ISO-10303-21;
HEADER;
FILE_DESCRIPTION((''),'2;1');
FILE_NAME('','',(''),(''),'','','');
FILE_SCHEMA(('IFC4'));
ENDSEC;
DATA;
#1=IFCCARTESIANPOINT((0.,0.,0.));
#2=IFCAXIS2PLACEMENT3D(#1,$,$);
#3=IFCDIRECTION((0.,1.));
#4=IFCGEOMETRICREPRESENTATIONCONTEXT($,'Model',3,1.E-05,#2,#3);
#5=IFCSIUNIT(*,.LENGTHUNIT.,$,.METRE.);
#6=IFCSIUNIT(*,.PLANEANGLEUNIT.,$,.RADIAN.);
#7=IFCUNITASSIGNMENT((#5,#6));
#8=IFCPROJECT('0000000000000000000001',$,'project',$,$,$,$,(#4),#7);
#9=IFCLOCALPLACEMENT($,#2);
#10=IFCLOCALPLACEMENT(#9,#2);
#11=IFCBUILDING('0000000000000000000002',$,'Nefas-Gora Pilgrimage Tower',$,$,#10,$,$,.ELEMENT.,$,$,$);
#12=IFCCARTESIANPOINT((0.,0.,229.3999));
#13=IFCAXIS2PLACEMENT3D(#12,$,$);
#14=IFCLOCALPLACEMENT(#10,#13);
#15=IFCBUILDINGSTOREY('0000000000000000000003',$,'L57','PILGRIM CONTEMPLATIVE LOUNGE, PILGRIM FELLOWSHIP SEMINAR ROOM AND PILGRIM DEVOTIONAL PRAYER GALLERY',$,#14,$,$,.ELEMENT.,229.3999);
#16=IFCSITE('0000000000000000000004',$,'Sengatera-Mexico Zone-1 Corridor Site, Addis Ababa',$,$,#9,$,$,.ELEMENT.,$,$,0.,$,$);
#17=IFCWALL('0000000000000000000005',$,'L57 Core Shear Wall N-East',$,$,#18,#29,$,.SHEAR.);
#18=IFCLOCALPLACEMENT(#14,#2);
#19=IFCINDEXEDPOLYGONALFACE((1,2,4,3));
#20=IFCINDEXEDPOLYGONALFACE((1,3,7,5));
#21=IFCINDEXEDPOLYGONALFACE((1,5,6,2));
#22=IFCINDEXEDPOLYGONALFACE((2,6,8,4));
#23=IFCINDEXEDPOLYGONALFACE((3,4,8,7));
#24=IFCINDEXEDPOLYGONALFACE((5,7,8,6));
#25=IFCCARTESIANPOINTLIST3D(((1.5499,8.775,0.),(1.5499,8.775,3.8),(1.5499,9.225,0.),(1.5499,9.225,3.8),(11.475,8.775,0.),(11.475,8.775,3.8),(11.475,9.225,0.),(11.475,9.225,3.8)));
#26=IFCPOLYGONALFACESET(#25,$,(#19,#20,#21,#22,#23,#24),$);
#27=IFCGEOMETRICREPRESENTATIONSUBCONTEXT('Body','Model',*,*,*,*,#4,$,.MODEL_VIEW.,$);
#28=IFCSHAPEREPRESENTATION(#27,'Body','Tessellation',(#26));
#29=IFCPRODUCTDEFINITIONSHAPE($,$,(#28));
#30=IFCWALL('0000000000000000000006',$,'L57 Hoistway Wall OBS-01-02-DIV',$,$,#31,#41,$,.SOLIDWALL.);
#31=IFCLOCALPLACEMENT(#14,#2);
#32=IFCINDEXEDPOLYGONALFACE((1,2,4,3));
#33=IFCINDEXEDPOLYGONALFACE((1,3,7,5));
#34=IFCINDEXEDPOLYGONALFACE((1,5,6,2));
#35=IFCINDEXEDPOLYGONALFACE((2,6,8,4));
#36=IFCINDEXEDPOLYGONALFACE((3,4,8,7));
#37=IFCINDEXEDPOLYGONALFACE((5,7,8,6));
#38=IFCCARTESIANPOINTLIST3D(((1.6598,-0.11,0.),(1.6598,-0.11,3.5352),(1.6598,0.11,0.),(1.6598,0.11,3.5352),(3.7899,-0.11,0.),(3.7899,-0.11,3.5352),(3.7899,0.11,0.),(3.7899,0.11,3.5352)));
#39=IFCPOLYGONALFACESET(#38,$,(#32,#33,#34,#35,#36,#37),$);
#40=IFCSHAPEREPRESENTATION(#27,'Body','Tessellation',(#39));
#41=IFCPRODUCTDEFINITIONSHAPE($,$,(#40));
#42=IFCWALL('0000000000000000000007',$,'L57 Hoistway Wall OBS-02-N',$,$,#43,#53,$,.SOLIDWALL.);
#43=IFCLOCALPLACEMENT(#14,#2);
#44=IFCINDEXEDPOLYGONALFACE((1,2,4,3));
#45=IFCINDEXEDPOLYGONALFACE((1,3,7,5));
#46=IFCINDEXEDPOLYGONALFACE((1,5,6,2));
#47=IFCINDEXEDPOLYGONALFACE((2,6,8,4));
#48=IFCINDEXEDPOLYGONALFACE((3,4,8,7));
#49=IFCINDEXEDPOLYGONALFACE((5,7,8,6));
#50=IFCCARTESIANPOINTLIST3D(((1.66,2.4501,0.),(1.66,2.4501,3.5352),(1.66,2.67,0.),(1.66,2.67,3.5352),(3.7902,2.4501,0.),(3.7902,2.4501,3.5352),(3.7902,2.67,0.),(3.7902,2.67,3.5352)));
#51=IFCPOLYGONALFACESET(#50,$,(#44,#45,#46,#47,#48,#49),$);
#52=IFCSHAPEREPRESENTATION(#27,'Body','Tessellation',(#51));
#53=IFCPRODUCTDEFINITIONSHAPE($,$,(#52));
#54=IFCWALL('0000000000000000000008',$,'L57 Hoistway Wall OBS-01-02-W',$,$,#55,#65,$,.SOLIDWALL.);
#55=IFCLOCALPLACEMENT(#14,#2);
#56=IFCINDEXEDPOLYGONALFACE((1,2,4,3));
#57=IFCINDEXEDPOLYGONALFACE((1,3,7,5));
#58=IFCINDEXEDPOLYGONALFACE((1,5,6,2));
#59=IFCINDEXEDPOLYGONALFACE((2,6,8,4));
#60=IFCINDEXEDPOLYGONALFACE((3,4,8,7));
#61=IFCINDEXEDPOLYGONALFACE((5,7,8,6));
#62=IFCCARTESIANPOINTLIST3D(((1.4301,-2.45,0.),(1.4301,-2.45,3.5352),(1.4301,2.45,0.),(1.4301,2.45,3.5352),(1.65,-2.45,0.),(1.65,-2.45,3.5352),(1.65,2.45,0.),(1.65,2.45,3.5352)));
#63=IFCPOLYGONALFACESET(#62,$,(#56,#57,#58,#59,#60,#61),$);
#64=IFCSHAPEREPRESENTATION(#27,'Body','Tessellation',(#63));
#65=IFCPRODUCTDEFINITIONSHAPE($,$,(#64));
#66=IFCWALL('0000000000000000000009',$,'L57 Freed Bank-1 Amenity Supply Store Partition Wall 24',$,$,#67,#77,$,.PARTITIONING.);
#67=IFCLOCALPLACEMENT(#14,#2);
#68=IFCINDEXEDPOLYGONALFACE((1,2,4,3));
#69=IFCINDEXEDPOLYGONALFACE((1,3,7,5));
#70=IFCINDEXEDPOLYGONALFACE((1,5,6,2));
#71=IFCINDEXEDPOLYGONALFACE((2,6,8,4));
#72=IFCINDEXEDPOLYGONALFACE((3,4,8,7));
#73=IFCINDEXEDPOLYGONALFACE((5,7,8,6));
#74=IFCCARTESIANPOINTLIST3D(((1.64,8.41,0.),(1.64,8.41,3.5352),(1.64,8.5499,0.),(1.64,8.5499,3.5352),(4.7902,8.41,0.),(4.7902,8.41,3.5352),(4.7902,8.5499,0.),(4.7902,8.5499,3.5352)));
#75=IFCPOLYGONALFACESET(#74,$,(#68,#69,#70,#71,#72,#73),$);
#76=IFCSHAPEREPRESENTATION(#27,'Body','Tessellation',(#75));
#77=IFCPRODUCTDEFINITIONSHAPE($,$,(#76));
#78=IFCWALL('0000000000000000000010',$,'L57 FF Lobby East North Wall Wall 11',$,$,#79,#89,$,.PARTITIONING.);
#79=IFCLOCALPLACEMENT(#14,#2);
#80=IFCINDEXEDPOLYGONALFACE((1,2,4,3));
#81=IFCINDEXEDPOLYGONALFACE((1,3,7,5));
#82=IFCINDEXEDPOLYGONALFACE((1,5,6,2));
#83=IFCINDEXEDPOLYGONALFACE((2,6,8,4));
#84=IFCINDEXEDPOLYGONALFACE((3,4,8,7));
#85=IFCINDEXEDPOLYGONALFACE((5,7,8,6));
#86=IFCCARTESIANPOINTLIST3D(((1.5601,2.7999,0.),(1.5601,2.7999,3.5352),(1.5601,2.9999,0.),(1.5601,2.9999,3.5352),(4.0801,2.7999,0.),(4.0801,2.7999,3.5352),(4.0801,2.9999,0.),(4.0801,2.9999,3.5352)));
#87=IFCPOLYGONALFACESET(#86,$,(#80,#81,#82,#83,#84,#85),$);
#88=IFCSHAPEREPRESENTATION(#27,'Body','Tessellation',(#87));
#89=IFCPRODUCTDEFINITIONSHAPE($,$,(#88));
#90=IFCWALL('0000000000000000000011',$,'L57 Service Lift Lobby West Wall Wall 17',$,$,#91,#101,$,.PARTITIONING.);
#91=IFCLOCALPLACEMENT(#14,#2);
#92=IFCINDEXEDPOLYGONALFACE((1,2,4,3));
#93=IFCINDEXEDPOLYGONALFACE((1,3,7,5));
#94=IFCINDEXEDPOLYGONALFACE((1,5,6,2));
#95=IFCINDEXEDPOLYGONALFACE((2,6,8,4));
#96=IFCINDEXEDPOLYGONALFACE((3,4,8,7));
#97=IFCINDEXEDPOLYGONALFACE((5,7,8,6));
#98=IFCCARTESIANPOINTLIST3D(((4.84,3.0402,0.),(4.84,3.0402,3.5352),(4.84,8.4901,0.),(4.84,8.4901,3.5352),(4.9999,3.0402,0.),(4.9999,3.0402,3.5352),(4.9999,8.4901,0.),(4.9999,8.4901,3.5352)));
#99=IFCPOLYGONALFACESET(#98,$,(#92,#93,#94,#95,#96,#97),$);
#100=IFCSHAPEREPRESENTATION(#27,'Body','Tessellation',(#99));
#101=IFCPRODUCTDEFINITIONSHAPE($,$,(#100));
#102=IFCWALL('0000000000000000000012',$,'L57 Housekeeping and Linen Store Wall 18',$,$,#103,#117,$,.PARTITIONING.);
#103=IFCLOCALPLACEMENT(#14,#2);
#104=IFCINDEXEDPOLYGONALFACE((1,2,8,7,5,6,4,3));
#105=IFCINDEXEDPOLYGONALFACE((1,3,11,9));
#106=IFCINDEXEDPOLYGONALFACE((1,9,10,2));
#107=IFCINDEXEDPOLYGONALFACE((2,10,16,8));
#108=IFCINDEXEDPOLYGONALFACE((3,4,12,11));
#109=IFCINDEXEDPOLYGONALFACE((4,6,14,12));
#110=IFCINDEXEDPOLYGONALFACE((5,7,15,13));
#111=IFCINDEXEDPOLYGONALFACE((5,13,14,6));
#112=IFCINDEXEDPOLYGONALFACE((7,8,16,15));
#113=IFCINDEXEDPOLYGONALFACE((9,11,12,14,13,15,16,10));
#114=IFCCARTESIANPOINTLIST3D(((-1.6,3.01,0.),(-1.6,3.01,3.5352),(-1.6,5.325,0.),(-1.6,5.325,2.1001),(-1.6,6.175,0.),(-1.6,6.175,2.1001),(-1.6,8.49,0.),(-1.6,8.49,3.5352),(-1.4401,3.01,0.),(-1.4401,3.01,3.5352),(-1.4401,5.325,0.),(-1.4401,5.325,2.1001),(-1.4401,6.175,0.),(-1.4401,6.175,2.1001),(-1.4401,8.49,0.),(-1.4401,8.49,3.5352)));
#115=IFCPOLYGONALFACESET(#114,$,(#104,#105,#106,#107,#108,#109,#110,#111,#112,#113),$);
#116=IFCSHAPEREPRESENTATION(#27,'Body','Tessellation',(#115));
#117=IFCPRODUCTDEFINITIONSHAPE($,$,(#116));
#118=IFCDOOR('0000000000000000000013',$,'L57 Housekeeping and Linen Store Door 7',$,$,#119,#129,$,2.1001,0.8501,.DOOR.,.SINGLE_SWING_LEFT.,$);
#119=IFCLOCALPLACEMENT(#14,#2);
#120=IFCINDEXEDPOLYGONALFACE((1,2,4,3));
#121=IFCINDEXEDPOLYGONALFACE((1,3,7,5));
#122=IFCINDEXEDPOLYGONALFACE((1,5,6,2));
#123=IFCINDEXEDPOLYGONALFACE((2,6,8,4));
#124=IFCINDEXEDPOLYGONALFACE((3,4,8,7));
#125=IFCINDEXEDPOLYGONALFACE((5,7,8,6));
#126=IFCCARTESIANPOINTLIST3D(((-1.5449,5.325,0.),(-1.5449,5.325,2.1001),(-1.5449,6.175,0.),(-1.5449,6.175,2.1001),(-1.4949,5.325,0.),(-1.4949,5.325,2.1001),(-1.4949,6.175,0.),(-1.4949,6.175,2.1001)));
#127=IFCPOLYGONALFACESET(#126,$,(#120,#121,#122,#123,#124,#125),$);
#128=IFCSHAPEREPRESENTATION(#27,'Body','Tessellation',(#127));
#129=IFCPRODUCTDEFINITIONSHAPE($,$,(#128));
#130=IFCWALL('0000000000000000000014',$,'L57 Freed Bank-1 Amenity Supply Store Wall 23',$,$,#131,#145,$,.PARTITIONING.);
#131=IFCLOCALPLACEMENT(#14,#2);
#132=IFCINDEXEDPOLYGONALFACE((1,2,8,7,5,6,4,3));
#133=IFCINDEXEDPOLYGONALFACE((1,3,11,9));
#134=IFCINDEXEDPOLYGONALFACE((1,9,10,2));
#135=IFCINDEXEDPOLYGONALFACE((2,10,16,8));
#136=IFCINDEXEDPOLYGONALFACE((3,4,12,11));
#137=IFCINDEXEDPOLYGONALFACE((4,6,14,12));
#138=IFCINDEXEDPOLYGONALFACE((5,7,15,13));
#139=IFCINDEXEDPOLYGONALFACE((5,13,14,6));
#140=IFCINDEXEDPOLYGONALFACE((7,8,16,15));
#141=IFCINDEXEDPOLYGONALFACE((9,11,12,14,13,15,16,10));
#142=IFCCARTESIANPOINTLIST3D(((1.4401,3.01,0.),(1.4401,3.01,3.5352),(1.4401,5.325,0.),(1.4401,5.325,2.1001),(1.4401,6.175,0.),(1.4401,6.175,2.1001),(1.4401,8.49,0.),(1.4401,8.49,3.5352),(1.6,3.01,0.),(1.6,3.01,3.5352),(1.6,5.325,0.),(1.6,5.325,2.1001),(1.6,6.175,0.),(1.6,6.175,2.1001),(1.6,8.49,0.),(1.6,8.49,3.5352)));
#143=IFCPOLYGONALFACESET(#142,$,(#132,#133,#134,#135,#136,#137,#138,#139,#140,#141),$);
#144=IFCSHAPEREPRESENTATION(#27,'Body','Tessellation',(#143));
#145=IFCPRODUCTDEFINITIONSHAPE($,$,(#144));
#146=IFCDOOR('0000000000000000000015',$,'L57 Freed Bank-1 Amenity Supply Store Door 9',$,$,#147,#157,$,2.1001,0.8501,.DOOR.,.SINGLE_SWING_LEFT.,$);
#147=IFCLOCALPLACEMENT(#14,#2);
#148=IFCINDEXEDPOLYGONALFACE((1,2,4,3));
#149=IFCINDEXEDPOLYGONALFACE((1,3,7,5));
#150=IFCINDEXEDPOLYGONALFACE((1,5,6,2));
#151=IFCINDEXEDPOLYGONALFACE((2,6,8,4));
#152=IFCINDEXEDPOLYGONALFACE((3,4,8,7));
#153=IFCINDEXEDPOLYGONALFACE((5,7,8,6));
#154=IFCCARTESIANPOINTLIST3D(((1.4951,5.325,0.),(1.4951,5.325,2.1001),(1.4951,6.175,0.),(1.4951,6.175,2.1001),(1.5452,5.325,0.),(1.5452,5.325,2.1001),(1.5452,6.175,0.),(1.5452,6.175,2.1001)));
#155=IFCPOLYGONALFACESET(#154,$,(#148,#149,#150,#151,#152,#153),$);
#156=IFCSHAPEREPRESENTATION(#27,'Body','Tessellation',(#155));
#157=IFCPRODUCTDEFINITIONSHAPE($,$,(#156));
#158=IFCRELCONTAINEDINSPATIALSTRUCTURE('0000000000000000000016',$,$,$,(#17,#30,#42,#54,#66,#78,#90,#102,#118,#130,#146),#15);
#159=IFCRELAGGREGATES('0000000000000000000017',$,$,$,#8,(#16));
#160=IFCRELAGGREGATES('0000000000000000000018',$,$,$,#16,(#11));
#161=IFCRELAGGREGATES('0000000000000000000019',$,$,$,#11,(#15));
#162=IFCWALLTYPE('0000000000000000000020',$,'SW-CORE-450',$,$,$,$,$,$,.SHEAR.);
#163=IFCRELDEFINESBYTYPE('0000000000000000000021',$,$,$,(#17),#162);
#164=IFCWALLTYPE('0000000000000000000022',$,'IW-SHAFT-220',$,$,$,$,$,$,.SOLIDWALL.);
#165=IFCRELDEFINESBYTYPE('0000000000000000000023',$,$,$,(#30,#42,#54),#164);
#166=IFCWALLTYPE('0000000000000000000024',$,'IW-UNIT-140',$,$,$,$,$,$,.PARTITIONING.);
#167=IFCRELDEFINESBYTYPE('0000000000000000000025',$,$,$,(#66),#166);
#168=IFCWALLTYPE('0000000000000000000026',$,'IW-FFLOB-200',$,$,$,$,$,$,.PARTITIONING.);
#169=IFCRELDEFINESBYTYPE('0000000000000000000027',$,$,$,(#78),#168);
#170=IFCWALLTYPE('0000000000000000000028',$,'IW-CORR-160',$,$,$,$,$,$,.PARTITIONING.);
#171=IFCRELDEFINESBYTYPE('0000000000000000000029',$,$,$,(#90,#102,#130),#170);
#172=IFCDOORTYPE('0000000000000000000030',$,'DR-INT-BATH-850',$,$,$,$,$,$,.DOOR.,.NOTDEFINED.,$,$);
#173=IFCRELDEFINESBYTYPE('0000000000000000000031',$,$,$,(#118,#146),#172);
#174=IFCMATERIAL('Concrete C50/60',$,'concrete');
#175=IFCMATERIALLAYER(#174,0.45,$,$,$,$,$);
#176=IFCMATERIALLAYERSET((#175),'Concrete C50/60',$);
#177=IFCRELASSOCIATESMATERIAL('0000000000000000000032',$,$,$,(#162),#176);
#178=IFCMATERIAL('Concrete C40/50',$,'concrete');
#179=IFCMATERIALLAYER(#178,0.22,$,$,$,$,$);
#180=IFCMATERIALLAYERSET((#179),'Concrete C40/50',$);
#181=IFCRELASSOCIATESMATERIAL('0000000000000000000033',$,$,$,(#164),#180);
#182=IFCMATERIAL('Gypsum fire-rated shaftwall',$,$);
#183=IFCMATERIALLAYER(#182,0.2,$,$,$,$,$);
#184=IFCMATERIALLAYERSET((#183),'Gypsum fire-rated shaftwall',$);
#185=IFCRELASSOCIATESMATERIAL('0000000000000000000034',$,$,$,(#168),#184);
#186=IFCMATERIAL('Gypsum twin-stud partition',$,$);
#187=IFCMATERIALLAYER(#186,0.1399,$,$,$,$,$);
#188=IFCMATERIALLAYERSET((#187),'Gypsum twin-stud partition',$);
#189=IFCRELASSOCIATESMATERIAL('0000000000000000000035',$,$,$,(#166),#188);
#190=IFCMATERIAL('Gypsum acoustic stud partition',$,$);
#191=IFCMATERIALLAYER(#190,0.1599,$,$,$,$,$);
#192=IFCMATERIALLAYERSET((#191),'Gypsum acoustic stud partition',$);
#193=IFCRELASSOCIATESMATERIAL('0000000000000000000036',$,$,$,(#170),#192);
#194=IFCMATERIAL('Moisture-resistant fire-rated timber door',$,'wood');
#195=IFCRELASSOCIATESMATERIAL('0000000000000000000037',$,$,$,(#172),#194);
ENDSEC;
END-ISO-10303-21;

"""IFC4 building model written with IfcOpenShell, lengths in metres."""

from ifc_helpers import new_model, si_unit, direction, frame, frame_2d, origin, place, context, subcontext, project, spatial, rectangle, extrude, source, transform, mapped, material, layer, layer_set, type_object, element, fill, save


model = new_model("IFC4")

# Units and contexts
model_context = context("Model", 3, precision=1e-05, world=origin(), true_north=direction((0.0, 1.0)))
body_context = subcontext(model_context, "Body", "Model", "MODEL_VIEW")
ifc_project = project(units=[si_unit("LENGTHUNIT", "METRE"), si_unit("PLANEANGLEUNIT", "RADIAN")], contexts=[model_context])

# Site, building, storey
site_placement = place(None, origin())
site = spatial("IfcSite", under=ifc_project, at=site_placement, Name="Sengatera-Mexico Zone-1 Corridor Site, Addis Ababa", CompositionType="ELEMENT", RefElevation=0.0)
building_placement = place(site_placement, origin())
building = spatial("IfcBuilding", under=site, at=building_placement, Name="Nefas-Gora Pilgrimage Tower", CompositionType="ELEMENT")
storey_placement = place(building_placement, frame((0.0, 0.0, 229.3999)))
storey = spatial("IfcBuildingStorey", under=building, at=storey_placement, Name="L57", Description="PILGRIM CONTEMPLATIVE LOUNGE, PILGRIM FELLOWSHIP SEMINAR ROOM AND PILGRIM DEVOTIONAL PRAYER GALLERY", CompositionType="ELEMENT", Elevation=229.3999)

# Shared definitions
ifc_material_1 = material(Name="Concrete C40/50", Category="concrete")

# Walls
ifc_material_2 = material(Name="Concrete C50/60", Category="concrete")
ifc_layer_1 = layer(ifc_material_2, 0.45)
ifc_layer_set_1 = layer_set([ifc_layer_1], Name="Concrete C50/60")
wall_type_1 = type_object("IfcWallType", Name="SW-CORE-450", PredefinedType="SHEAR", material=ifc_layer_set_1)
shared_shape_1 = source(origin(), body_context, "Body", "SweptSolid", [
    extrude(rectangle(XDim=9.925, YDim=0.45, at=frame_2d((4.9624, 0.0))), origin(), (0.0, 0.0, 1.0), 3.8),
])
wall_1_placement = place(storey_placement, frame((1.55, 9.0, 0.0), z_axis=(0.0, 0.0, 1.0), x_axis=(1.0, 0.0, 0.0)))
element("IfcWall", 1, at=wall_1_placement, inside=storey, type_object=wall_type_1, Name="L57 Core Shear Wall N-East", PredefinedType="SHEAR", context=body_context, shape_type="MappedRepresentation", body=[
    mapped(shared_shape_1, transform((0.0, 0.0, 0.0), x_axis=(1.0, 0.0, 0.0), y_axis=(0.0, 1.0, 0.0), z_axis=(0.0, 0.0, 1.0), scale=1.0)),
])
ifc_layer_2 = layer(ifc_material_1, 0.22)
ifc_layer_set_2 = layer_set([ifc_layer_2], Name="Concrete C40/50")
wall_type_2 = type_object("IfcWallType", Name="IW-SHAFT-220", PredefinedType="SOLIDWALL", material=ifc_layer_set_2)
shared_shape_2 = source(origin(), body_context, "Body", "SweptSolid", [
    extrude(rectangle(XDim=2.1301, YDim=0.22, at=frame_2d((1.0649, 0.0))), origin(), (0.0, 0.0, 1.0), 3.5352),
])
for number, where, z_axis, x_axis, name in (
    (2, (1.6599, 0.0, 0.0), (0.0, 0.0, 1.0), (1.0, 0.0, 0.0), "L57 Hoistway Wall OBS-01-02-DIV"),
    (3, (3.79, 2.5601, 0.0), (0.0, 0.0, 1.0), (-1.0, 0.0, 0.0), "L57 Hoistway Wall OBS-02-N"),
):
    element("IfcWall", number, at=place(storey_placement, frame(where, z_axis=z_axis, x_axis=x_axis)), inside=storey, type_object=wall_type_2, Name=name, PredefinedType="SOLIDWALL", context=body_context, shape_type="MappedRepresentation", body=[
        mapped(shared_shape_2, transform((0.0, 0.0, 0.0), x_axis=(1.0, 0.0, 0.0), y_axis=(0.0, 1.0, 0.0), z_axis=(0.0, 0.0, 1.0), scale=1.0)),
    ])
shared_shape_3 = source(origin(), body_context, "Body", "SweptSolid", [
    extrude(rectangle(XDim=4.8999, YDim=0.22, at=frame_2d((2.45, 0.0))), origin(), (0.0, 0.0, 1.0), 3.5352),
])
wall_2_placement = place(storey_placement, frame((1.54, 2.45, 0.0), z_axis=(0.0, 0.0, 1.0), x_axis=(0.0, -1.0, 0.0)))
element("IfcWall", 4, at=wall_2_placement, inside=storey, type_object=wall_type_2, Name="L57 Hoistway Wall OBS-01-02-W", PredefinedType="SOLIDWALL", context=body_context, shape_type="MappedRepresentation", body=[
    mapped(shared_shape_3, transform((0.0, 0.0, 0.0), x_axis=(1.0, 0.0, 0.0), y_axis=(0.0, 1.0, 0.0), z_axis=(0.0, 0.0, 1.0), scale=1.0)),
])

# Shared definitions
ifc_material_3 = material(Name="Gypsum fire-rated shaftwall")
ifc_layer_3 = layer(ifc_material_3, 0.2)
ifc_layer_set_3 = layer_set([ifc_layer_3], Name="Gypsum fire-rated shaftwall")
wall_type_3 = type_object("IfcWallType", Name="IW-FFLOB-200", PredefinedType="PARTITIONING", material=ifc_layer_set_3)

# Walls
ifc_material_4 = material(Name="Gypsum twin-stud partition")
ifc_layer_4 = layer(ifc_material_4, 0.1399)
ifc_layer_set_4 = layer_set([ifc_layer_4], Name="Gypsum twin-stud partition")
wall_type_4 = type_object("IfcWallType", Name="IW-UNIT-140", PredefinedType="PARTITIONING", material=ifc_layer_set_4)
shared_shape_4 = source(origin(), body_context, "Body", "SweptSolid", [
    extrude(rectangle(XDim=3.1501, YDim=0.1399, at=frame_2d((1.5752, 0.0))), origin(), (0.0, 0.0, 1.0), 3.5352),
])
wall_3_placement = place(storey_placement, frame((1.6399, 8.48, 0.0), z_axis=(0.0, 0.0, 1.0), x_axis=(1.0, 0.0, 0.0)))
element("IfcWall", 5, at=wall_3_placement, inside=storey, type_object=wall_type_4, Name="L57 Freed Bank-1 Amenity Supply Store Partition Wall 24", PredefinedType="PARTITIONING", context=body_context, shape_type="MappedRepresentation", body=[
    mapped(shared_shape_4, transform((0.0, 0.0, 0.0), x_axis=(1.0, 0.0, 0.0), y_axis=(0.0, 1.0, 0.0), z_axis=(0.0, 0.0, 1.0), scale=1.0)),
])
shared_shape_5 = source(origin(), body_context, "Body", "SweptSolid", [
    extrude(rectangle(XDim=2.52, YDim=0.2, at=frame_2d((1.26, 0.0))), origin(), (0.0, 0.0, 1.0), 3.5352),
])
wall_4_placement = place(storey_placement, frame((1.5601, 2.8999, 0.0), z_axis=(0.0, 0.0, 1.0), x_axis=(1.0, 0.0, 0.0)))
element("IfcWall", 6, at=wall_4_placement, inside=storey, type_object=wall_type_3, Name="L57 FF Lobby East North Wall Wall 11", PredefinedType="PARTITIONING", context=body_context, shape_type="MappedRepresentation", body=[
    mapped(shared_shape_5, transform((0.0, 0.0, 0.0), x_axis=(1.0, 0.0, 0.0), y_axis=(0.0, 1.0, 0.0), z_axis=(0.0, 0.0, 1.0), scale=1.0)),
])
ifc_material_5 = material(Name="Gypsum acoustic stud partition")
ifc_layer_5 = layer(ifc_material_5, 0.1599)
ifc_layer_set_5 = layer_set([ifc_layer_5], Name="Gypsum acoustic stud partition")
wall_type_5 = type_object("IfcWallType", Name="IW-CORR-160", PredefinedType="PARTITIONING", material=ifc_layer_set_5)
shared_shape_6 = source(origin(), body_context, "Body", "SweptSolid", [
    extrude(rectangle(XDim=5.45, YDim=0.1599, at=frame_2d((2.7251, 0.0))), origin(), (0.0, 0.0, 1.0), 3.5352),
])
wall_5_placement = place(storey_placement, frame((4.9199, 3.04, 0.0), z_axis=(0.0, 0.0, 1.0), x_axis=(0.0, 1.0, 0.0)))
element("IfcWall", 7, at=wall_5_placement, inside=storey, type_object=wall_type_5, Name="L57 Service Lift Lobby West Wall Wall 17", PredefinedType="PARTITIONING", context=body_context, shape_type="MappedRepresentation", body=[
    mapped(shared_shape_6, transform((0.0, 0.0, 0.0), x_axis=(1.0, 0.0, 0.0), y_axis=(0.0, 1.0, 0.0), z_axis=(0.0, 0.0, 1.0), scale=1.0)),
])

# Walls, openings, doors
shared_shape_7 = source(origin(), body_context, "Body", "SweptSolid", [
    extrude(rectangle(XDim=5.48, YDim=0.1599, at=frame_2d((2.74, 0.0))), origin(), (0.0, 0.0, 1.0), 3.5352),
])
wall_6_placement = place(storey_placement, frame((-1.52, 3.01, 0.0), z_axis=(0.0, 0.0, 1.0), x_axis=(0.0, 1.0, 0.0)))
wall_6 = element("IfcWall", 8, at=wall_6_placement, inside=storey, type_object=wall_type_5, Name="L57 Housekeeping and Linen Store Wall 18", PredefinedType="PARTITIONING", context=body_context, shape_type="MappedRepresentation", body=[
    mapped(shared_shape_7, transform((0.0, 0.0, 0.0), x_axis=(1.0, 0.0, 0.0), y_axis=(0.0, 1.0, 0.0), z_axis=(0.0, 0.0, 1.0), scale=1.0)),
])
opening_1_placement = place(wall_6_placement, frame((2.3149, 0.0, 0.0)))
opening_1 = element("IfcOpeningElement", 9, at=opening_1_placement, cuts=wall_6, PredefinedType="OPENING", context=body_context, shape_type="SweptSolid", body=[
    extrude(rectangle(XDim=0.8501, YDim=2.1001, at=frame_2d((0.425, 1.05))), frame((0.0, 0.0898, 0.0), z_axis=(0.0, -1.0, 0.0), x_axis=(1.0, 0.0, 0.0)), (0.0, 0.0, 1.0), 0.1799),
])
ifc_material_6 = material(Name="Moisture-resistant fire-rated timber door", Category="wood")
door_type_1 = type_object("IfcDoorType", Name="DR-INT-BATH-850", OperationType="NOTDEFINED", PredefinedType="DOOR", material=ifc_material_6)
shared_shape_8 = source(origin(), body_context, "Body", "SweptSolid", [
    extrude(rectangle(XDim=0.8501, YDim=2.1001, at=frame_2d((0.425, 1.05))), frame((0.0, 0.0249, 0.0), z_axis=(0.0, -1.0, 0.0), x_axis=(1.0, 0.0, 0.0)), (0.0, 0.0, 1.0), 0.05),
])
door_1_placement = place(opening_1_placement, origin())
door_1 = element("IfcDoor", 10, at=door_1_placement, inside=storey, type_object=door_type_1, Name="L57 Housekeeping and Linen Store Door 7", OperationType="SINGLE_SWING_LEFT", OverallHeight=2.1001, OverallWidth=0.8501, PredefinedType="DOOR", context=body_context, shape_type="MappedRepresentation", body=[
    mapped(shared_shape_8, transform((0.0, 0.0, 0.0), x_axis=(1.0, 0.0, 0.0), y_axis=(0.0, 1.0, 0.0), z_axis=(0.0, 0.0, 1.0), scale=1.0)),
])
fill(opening_1, door_1)
wall_7_placement = place(storey_placement, frame((1.52, 3.01, 0.0), z_axis=(0.0, 0.0, 1.0), x_axis=(0.0, 1.0, 0.0)))
wall_7 = element("IfcWall", 11, at=wall_7_placement, inside=storey, type_object=wall_type_5, Name="L57 Freed Bank-1 Amenity Supply Store Wall 23", PredefinedType="PARTITIONING", context=body_context, shape_type="MappedRepresentation", body=[
    mapped(shared_shape_7, transform((0.0, 0.0, 0.0), x_axis=(1.0, 0.0, 0.0), y_axis=(0.0, 1.0, 0.0), z_axis=(0.0, 0.0, 1.0), scale=1.0)),
])
opening_2_placement = place(wall_7_placement, frame((2.3149, 0.0, 0.0)))
opening_2 = element("IfcOpeningElement", 12, at=opening_2_placement, cuts=wall_7, PredefinedType="OPENING", context=body_context, shape_type="SweptSolid", body=[
    extrude(rectangle(XDim=0.8501, YDim=2.1001, at=frame_2d((0.425, 1.05))), frame((0.0, 0.0898, 0.0), z_axis=(0.0, -1.0, 0.0), x_axis=(1.0, 0.0, 0.0)), (0.0, 0.0, 1.0), 0.1799),
])
door_2_placement = place(opening_2_placement, origin())
door_2 = element("IfcDoor", 13, at=door_2_placement, inside=storey, type_object=door_type_1, Name="L57 Freed Bank-1 Amenity Supply Store Door 9", OperationType="SINGLE_SWING_LEFT", OverallHeight=2.1001, OverallWidth=0.8501, PredefinedType="DOOR", context=body_context, shape_type="MappedRepresentation", body=[
    mapped(shared_shape_8, transform((0.0, 0.0, 0.0), x_axis=(1.0, 0.0, 0.0), y_axis=(0.0, 1.0, 0.0), z_axis=(0.0, 0.0, 1.0), scale=1.0)),
])
fill(opening_2, door_2)

save(model, "model.ifc")
